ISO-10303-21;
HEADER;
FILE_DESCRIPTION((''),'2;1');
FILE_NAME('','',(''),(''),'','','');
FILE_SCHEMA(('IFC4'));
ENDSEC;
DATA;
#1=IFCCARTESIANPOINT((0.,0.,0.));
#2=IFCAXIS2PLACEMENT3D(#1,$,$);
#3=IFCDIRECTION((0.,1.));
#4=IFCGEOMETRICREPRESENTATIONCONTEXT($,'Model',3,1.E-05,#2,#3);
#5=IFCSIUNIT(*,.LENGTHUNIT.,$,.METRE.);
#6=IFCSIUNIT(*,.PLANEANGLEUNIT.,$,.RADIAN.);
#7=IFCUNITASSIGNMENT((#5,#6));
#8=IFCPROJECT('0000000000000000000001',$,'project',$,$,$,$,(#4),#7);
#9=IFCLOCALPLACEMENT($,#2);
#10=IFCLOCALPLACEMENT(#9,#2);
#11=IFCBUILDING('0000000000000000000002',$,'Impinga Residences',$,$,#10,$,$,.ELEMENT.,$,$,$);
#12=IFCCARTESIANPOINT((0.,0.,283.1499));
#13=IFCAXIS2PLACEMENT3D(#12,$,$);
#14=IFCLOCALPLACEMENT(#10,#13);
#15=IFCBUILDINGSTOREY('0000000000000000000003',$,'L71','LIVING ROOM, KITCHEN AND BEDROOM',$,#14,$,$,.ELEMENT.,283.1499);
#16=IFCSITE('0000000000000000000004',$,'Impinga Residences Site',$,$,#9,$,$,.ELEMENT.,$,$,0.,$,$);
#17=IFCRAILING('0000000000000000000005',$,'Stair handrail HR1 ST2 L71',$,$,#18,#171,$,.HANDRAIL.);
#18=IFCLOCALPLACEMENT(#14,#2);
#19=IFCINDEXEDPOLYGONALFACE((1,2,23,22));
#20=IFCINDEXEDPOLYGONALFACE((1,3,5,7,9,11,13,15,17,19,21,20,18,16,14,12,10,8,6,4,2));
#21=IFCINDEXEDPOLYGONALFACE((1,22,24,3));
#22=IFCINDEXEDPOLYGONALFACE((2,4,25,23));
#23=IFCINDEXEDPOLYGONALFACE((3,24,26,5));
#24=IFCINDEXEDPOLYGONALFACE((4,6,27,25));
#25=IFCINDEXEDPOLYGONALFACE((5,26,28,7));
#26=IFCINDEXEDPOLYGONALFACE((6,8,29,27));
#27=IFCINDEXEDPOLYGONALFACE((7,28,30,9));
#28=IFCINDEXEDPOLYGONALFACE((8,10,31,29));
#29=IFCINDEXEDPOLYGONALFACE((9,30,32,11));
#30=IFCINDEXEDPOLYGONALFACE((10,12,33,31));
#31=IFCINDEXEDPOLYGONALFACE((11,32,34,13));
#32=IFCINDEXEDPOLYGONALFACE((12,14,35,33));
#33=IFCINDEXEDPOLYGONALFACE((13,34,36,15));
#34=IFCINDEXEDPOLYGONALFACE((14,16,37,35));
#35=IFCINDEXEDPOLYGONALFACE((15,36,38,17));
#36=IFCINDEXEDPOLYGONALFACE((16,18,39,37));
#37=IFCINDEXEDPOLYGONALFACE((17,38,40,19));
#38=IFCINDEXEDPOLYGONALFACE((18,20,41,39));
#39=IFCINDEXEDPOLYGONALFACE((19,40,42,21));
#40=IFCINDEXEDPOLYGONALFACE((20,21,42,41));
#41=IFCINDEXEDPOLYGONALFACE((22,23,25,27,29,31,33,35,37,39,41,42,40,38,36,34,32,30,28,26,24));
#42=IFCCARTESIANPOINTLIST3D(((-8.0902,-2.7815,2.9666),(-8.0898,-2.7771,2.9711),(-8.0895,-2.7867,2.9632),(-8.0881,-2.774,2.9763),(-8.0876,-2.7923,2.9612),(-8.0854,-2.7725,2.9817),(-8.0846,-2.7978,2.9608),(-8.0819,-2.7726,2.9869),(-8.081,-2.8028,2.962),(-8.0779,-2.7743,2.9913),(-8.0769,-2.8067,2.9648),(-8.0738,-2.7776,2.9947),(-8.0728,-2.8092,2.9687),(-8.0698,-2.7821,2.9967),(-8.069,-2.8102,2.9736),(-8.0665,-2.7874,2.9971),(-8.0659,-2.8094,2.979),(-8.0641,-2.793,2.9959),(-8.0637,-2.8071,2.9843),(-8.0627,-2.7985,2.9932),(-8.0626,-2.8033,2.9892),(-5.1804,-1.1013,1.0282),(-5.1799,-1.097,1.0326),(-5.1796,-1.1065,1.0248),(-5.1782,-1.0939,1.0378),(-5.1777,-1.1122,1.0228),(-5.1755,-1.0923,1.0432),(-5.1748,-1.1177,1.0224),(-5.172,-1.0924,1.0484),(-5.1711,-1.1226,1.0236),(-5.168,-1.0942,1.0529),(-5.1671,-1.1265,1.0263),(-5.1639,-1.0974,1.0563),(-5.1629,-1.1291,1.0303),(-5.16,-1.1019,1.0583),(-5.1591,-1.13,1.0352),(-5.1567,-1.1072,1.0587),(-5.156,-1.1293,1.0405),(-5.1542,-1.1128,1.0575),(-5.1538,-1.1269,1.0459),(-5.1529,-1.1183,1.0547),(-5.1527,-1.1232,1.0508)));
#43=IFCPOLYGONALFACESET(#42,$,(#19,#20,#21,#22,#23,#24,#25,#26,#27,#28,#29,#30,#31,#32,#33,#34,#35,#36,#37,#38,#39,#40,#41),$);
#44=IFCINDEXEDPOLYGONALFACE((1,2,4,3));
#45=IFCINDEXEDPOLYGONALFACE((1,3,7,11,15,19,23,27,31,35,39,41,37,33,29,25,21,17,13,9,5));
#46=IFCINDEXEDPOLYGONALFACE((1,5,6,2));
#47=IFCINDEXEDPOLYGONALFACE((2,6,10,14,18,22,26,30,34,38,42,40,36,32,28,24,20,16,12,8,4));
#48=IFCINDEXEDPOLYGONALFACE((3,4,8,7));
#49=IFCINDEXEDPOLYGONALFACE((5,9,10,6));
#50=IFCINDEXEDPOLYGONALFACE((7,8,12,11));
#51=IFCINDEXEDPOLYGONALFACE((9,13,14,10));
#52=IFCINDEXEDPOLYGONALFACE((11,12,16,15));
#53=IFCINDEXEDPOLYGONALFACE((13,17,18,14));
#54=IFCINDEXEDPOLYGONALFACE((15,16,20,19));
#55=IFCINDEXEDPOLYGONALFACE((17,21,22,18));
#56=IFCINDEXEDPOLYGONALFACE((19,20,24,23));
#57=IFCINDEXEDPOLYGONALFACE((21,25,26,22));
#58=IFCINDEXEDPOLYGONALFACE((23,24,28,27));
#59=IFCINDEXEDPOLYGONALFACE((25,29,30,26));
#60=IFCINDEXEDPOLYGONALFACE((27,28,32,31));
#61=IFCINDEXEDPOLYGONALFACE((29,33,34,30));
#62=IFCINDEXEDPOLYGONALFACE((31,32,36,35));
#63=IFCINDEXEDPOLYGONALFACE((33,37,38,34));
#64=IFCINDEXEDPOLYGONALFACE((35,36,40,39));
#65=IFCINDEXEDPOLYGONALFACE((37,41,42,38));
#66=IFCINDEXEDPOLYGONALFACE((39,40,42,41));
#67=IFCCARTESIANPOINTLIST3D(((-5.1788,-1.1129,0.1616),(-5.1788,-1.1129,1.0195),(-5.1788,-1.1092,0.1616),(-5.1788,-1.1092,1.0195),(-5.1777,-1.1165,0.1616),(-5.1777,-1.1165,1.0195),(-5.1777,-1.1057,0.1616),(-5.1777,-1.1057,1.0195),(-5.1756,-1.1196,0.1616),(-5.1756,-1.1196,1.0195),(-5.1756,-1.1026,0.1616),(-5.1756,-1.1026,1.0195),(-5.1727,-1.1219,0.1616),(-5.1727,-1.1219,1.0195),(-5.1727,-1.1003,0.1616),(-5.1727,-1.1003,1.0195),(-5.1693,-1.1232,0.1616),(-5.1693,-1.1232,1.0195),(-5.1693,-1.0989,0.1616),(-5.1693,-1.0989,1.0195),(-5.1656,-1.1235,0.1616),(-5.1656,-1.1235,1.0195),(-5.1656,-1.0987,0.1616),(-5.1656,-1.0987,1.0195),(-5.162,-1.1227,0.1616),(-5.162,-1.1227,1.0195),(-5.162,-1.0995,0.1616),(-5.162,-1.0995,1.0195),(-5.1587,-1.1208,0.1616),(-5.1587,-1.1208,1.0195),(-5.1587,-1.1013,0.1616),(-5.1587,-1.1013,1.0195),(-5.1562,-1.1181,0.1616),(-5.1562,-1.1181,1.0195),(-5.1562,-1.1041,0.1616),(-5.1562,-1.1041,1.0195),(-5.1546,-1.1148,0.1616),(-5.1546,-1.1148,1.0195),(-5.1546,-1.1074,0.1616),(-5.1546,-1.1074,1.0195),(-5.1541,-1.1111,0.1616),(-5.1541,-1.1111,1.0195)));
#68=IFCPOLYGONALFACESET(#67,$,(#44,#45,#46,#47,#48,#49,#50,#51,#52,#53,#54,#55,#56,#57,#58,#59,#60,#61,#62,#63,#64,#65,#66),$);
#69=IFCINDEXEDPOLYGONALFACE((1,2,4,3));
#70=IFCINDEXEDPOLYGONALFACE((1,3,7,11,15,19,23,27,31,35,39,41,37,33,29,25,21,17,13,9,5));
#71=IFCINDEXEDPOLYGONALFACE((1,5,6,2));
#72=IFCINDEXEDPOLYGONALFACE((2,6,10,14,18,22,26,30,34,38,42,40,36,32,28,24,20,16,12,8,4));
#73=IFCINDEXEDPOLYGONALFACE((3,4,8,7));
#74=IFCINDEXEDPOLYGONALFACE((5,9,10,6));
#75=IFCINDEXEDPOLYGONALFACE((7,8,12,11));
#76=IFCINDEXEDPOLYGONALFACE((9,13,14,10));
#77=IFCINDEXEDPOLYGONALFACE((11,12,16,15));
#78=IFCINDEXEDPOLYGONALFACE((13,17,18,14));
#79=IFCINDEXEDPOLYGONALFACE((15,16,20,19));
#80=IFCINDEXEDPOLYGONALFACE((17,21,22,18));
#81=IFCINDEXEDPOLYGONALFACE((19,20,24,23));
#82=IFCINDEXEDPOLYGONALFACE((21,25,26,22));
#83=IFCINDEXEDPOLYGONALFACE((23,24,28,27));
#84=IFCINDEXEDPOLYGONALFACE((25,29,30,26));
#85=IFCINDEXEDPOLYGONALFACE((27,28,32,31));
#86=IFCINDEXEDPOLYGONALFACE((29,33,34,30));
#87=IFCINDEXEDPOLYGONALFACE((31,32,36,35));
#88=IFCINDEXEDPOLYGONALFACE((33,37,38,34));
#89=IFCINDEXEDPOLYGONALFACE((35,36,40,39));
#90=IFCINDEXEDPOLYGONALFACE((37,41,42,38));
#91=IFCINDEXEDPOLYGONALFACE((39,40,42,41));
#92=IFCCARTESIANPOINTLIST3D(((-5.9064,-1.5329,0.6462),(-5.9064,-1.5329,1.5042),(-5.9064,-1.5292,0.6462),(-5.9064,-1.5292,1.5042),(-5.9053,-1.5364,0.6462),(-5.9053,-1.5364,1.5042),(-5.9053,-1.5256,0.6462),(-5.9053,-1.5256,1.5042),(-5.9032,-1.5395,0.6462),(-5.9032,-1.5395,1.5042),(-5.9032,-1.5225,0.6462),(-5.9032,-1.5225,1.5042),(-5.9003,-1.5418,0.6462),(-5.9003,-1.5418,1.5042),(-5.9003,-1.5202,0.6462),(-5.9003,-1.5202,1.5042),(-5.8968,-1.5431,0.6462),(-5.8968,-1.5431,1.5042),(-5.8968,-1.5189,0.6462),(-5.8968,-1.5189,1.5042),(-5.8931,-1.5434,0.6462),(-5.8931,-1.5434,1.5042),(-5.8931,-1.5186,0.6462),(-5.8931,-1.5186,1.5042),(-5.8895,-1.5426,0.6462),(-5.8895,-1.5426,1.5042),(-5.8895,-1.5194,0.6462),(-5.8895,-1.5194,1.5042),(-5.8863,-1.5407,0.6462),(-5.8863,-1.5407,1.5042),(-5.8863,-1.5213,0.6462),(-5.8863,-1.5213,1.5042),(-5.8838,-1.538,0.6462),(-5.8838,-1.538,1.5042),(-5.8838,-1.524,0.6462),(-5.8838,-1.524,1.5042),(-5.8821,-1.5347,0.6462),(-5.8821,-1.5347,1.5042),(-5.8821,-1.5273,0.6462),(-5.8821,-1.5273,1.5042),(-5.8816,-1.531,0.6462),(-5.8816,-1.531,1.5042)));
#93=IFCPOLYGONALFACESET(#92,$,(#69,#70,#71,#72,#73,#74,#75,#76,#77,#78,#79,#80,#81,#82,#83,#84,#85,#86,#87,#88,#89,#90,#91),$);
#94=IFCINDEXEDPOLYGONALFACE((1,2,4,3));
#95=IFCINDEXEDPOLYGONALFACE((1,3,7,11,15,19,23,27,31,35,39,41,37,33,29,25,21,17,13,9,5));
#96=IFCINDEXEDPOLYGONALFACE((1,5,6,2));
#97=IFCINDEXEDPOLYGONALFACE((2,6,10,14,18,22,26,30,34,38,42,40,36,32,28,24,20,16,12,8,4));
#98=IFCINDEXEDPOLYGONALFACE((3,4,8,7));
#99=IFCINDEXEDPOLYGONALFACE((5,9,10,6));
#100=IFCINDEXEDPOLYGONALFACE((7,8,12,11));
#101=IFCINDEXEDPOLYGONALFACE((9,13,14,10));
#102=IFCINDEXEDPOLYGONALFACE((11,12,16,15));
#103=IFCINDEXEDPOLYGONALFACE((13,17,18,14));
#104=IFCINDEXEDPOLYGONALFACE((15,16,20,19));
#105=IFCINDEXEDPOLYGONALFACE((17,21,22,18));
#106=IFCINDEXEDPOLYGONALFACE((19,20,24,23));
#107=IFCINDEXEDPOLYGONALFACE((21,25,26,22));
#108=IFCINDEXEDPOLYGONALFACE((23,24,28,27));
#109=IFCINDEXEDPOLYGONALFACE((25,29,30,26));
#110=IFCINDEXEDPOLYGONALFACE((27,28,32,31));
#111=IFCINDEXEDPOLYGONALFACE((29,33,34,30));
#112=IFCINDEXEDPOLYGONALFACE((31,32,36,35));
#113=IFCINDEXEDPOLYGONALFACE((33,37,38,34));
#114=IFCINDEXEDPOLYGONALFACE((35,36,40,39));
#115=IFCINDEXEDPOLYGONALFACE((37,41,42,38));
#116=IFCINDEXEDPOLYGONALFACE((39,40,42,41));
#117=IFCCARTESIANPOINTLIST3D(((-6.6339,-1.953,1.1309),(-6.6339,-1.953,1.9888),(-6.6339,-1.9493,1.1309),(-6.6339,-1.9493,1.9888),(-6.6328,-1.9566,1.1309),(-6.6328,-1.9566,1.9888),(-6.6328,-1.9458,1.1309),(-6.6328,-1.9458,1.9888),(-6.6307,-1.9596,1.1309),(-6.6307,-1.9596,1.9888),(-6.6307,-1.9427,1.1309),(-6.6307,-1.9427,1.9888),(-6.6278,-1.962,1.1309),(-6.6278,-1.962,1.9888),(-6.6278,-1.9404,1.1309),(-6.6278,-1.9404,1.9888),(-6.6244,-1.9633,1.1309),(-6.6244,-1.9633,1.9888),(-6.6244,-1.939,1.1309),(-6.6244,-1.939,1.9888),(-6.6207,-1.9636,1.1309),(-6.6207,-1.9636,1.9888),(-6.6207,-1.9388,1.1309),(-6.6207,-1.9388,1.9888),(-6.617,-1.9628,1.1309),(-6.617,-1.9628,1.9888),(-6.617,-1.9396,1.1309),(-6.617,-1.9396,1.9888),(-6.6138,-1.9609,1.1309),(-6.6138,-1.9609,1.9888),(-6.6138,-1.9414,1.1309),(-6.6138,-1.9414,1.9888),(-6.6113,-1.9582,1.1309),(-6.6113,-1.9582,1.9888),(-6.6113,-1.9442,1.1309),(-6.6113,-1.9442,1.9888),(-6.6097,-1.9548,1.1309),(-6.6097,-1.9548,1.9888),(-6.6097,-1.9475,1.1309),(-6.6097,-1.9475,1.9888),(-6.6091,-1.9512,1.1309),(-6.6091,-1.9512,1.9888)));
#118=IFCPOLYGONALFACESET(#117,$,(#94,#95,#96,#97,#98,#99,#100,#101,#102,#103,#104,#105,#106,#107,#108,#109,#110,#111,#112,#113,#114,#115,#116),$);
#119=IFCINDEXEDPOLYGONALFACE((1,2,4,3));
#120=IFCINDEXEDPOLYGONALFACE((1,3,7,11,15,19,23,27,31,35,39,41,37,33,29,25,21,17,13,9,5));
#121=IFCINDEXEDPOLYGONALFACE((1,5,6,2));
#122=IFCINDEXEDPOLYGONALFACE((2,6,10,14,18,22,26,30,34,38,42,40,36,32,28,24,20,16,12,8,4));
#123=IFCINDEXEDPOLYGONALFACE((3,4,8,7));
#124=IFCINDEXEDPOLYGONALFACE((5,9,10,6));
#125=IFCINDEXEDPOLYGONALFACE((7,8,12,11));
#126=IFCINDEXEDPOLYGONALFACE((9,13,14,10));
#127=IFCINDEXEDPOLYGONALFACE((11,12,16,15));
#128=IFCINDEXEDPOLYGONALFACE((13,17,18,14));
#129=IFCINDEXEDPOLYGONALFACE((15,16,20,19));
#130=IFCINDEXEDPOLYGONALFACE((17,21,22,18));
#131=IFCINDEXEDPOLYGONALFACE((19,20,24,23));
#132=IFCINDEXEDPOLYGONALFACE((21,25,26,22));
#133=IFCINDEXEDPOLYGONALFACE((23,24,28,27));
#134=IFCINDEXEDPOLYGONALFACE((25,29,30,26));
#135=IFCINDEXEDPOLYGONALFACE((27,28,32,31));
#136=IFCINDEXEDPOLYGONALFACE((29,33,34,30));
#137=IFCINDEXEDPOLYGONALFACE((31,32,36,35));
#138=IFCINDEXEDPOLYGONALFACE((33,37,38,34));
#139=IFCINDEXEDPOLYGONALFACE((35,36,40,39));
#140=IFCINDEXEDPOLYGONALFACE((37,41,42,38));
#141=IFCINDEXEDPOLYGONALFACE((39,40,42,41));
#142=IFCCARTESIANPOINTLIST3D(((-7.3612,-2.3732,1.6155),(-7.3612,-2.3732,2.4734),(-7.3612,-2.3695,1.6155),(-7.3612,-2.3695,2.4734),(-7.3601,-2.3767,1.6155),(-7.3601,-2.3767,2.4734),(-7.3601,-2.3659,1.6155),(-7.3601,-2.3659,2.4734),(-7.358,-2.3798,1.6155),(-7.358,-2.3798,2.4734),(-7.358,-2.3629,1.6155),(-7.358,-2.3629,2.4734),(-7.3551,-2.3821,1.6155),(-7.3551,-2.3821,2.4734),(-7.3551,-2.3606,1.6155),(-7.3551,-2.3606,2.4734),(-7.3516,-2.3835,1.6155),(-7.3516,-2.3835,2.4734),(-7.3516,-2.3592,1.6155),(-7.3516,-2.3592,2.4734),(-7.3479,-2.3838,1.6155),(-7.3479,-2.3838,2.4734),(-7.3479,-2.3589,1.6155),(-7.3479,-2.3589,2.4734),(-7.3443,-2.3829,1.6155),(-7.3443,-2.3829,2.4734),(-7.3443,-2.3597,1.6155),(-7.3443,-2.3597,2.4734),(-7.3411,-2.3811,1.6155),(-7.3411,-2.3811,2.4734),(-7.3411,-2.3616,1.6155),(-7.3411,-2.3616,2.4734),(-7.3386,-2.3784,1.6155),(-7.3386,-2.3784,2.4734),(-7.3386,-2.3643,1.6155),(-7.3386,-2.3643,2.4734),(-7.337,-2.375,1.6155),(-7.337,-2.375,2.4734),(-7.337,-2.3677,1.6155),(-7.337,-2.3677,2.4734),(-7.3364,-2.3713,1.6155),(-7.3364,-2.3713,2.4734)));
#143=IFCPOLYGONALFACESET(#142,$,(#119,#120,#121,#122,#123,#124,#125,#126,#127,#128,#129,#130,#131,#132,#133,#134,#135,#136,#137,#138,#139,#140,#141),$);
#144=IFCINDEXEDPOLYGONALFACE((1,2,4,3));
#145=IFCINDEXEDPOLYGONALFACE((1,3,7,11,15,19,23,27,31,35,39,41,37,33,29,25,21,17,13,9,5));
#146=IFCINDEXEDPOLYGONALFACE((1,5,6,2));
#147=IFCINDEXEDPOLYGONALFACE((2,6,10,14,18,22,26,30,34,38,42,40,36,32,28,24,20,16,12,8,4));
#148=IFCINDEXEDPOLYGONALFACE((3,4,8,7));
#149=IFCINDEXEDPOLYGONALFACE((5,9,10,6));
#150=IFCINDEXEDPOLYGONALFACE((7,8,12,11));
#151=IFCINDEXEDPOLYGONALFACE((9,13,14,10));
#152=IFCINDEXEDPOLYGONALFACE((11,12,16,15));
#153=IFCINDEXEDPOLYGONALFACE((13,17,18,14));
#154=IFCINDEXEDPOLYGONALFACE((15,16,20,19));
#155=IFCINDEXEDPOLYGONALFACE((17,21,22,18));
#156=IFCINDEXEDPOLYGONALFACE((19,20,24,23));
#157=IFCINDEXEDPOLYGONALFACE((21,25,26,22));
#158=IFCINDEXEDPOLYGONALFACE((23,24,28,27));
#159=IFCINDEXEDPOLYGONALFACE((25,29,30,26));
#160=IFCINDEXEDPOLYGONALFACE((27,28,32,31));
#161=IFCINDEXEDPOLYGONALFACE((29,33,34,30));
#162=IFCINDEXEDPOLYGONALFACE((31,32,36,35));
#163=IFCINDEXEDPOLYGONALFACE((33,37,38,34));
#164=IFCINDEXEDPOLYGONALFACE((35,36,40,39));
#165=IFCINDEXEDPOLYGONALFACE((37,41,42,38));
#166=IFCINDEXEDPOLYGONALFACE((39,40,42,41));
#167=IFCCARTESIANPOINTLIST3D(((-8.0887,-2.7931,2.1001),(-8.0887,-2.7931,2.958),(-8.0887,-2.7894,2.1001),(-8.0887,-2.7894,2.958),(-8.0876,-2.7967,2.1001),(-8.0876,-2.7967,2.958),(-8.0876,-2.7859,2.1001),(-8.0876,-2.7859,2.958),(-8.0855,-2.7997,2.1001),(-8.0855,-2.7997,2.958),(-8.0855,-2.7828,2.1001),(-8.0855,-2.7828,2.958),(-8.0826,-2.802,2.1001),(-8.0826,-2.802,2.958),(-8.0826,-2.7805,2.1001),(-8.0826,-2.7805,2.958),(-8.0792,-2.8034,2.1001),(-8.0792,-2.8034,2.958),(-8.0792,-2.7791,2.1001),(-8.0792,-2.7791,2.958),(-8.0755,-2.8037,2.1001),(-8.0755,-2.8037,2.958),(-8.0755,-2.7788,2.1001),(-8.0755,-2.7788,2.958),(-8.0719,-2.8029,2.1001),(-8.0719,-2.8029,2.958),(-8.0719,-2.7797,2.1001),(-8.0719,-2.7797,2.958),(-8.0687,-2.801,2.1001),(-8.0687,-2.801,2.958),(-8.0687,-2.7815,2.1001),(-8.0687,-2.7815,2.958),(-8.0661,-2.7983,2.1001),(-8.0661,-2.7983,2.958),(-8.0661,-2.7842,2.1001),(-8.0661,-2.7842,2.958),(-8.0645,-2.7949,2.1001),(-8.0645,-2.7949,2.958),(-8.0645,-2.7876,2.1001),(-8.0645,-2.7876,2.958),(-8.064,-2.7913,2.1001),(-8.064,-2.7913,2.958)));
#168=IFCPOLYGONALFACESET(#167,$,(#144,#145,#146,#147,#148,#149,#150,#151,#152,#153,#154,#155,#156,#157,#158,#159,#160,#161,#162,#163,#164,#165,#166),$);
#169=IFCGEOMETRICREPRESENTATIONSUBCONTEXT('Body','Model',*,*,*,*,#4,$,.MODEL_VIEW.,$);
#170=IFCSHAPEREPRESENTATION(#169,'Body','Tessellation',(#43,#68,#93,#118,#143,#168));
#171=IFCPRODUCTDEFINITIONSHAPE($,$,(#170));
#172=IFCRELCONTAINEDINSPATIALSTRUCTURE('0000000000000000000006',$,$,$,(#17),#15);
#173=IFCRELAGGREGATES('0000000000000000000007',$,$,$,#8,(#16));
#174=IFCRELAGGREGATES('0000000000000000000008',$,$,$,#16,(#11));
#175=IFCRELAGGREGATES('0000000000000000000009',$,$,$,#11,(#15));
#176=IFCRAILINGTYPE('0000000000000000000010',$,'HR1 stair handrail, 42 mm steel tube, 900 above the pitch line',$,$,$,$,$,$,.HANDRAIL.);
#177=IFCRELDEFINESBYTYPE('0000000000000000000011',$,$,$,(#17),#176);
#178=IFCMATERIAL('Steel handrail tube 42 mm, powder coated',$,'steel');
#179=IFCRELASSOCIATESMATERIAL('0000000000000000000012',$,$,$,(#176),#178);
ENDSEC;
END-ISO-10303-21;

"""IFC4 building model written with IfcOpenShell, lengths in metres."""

from ifc_helpers import new_model, si_unit, direction, frame, origin, origin_2d, place, context, subcontext, project, spatial, circle, extrude, material, type_object, element, save


model = new_model("IFC4")

# Units and contexts
model_context = context("Model", 3, precision=1e-05, world=origin(), true_north=direction((0.0, 1.0)))
body_context = subcontext(model_context, "Body", "Model", "MODEL_VIEW")
ifc_project = project(units=[si_unit("LENGTHUNIT", "METRE"), si_unit("PLANEANGLEUNIT", "RADIAN")], contexts=[model_context])

# Site, building, storey
site_placement = place(None, origin())
site = spatial("IfcSite", under=ifc_project, at=site_placement, Name="Impinga Residences Site", CompositionType="ELEMENT", RefElevation=0.0)
building_placement = place(site_placement, origin())
building = spatial("IfcBuilding", under=site, at=building_placement, Name="Impinga Residences", CompositionType="ELEMENT")
storey_placement = place(building_placement, frame((0.0, 0.0, 283.1499)))
storey = spatial("IfcBuildingStorey", under=building, at=storey_placement, Name="L71", Description="LIVING ROOM, KITCHEN AND BEDROOM", CompositionType="ELEMENT", Elevation=283.1499)

# Railing
ifc_material_1 = material(Name="Steel handrail tube 42 mm, powder coated", Category="steel")
railing_type = type_object("IfcRailingType", Name="HR1 stair handrail, 42 mm steel tube, 900 above the pitch line", PredefinedType="HANDRAIL", material=ifc_material_1)
railing_placement = place(storey_placement, frame((-5.1665, -1.1111, 0.1616)))
element("IfcRailing", 1, at=railing_placement, inside=storey, type_object=railing_type, Name="Stair handrail HR1 ST2 L71", PredefinedType="HANDRAIL", context=body_context, shape_type="SweptSolid", body=[
    extrude(circle(Radius=0.021, at=origin_2d()), frame((0.0, 0.0, 0.8789), z_axis=(-0.75013, -0.433123, 0.499709), x_axis=(0.500031, -0.866008, 0.0)), (0.0, 0.0, 1.0), 3.8792),
    extrude(circle(Radius=0.0125, at=origin_2d()), origin(), (0.0, 0.0, 1.0), 0.8579),
    extrude(circle(Radius=0.0125, at=origin_2d()), frame((-0.7275, -0.4199, 0.4846)), (0.0, 0.0, 1.0), 0.8579),
    extrude(circle(Radius=0.0125, at=origin_2d()), frame((-1.4551, -0.8401, 0.9692)), (0.0, 0.0, 1.0), 0.8579),
    extrude(circle(Radius=0.0125, at=origin_2d()), frame((-2.1824, -1.2603, 1.4539)), (0.0, 0.0, 1.0), 0.8579),
    extrude(circle(Radius=0.0125, at=origin_2d()), frame((-2.9099, -1.6802, 1.9385)), (0.0, 0.0, 1.0), 0.8579),
])

save(model, "model.ifc")
